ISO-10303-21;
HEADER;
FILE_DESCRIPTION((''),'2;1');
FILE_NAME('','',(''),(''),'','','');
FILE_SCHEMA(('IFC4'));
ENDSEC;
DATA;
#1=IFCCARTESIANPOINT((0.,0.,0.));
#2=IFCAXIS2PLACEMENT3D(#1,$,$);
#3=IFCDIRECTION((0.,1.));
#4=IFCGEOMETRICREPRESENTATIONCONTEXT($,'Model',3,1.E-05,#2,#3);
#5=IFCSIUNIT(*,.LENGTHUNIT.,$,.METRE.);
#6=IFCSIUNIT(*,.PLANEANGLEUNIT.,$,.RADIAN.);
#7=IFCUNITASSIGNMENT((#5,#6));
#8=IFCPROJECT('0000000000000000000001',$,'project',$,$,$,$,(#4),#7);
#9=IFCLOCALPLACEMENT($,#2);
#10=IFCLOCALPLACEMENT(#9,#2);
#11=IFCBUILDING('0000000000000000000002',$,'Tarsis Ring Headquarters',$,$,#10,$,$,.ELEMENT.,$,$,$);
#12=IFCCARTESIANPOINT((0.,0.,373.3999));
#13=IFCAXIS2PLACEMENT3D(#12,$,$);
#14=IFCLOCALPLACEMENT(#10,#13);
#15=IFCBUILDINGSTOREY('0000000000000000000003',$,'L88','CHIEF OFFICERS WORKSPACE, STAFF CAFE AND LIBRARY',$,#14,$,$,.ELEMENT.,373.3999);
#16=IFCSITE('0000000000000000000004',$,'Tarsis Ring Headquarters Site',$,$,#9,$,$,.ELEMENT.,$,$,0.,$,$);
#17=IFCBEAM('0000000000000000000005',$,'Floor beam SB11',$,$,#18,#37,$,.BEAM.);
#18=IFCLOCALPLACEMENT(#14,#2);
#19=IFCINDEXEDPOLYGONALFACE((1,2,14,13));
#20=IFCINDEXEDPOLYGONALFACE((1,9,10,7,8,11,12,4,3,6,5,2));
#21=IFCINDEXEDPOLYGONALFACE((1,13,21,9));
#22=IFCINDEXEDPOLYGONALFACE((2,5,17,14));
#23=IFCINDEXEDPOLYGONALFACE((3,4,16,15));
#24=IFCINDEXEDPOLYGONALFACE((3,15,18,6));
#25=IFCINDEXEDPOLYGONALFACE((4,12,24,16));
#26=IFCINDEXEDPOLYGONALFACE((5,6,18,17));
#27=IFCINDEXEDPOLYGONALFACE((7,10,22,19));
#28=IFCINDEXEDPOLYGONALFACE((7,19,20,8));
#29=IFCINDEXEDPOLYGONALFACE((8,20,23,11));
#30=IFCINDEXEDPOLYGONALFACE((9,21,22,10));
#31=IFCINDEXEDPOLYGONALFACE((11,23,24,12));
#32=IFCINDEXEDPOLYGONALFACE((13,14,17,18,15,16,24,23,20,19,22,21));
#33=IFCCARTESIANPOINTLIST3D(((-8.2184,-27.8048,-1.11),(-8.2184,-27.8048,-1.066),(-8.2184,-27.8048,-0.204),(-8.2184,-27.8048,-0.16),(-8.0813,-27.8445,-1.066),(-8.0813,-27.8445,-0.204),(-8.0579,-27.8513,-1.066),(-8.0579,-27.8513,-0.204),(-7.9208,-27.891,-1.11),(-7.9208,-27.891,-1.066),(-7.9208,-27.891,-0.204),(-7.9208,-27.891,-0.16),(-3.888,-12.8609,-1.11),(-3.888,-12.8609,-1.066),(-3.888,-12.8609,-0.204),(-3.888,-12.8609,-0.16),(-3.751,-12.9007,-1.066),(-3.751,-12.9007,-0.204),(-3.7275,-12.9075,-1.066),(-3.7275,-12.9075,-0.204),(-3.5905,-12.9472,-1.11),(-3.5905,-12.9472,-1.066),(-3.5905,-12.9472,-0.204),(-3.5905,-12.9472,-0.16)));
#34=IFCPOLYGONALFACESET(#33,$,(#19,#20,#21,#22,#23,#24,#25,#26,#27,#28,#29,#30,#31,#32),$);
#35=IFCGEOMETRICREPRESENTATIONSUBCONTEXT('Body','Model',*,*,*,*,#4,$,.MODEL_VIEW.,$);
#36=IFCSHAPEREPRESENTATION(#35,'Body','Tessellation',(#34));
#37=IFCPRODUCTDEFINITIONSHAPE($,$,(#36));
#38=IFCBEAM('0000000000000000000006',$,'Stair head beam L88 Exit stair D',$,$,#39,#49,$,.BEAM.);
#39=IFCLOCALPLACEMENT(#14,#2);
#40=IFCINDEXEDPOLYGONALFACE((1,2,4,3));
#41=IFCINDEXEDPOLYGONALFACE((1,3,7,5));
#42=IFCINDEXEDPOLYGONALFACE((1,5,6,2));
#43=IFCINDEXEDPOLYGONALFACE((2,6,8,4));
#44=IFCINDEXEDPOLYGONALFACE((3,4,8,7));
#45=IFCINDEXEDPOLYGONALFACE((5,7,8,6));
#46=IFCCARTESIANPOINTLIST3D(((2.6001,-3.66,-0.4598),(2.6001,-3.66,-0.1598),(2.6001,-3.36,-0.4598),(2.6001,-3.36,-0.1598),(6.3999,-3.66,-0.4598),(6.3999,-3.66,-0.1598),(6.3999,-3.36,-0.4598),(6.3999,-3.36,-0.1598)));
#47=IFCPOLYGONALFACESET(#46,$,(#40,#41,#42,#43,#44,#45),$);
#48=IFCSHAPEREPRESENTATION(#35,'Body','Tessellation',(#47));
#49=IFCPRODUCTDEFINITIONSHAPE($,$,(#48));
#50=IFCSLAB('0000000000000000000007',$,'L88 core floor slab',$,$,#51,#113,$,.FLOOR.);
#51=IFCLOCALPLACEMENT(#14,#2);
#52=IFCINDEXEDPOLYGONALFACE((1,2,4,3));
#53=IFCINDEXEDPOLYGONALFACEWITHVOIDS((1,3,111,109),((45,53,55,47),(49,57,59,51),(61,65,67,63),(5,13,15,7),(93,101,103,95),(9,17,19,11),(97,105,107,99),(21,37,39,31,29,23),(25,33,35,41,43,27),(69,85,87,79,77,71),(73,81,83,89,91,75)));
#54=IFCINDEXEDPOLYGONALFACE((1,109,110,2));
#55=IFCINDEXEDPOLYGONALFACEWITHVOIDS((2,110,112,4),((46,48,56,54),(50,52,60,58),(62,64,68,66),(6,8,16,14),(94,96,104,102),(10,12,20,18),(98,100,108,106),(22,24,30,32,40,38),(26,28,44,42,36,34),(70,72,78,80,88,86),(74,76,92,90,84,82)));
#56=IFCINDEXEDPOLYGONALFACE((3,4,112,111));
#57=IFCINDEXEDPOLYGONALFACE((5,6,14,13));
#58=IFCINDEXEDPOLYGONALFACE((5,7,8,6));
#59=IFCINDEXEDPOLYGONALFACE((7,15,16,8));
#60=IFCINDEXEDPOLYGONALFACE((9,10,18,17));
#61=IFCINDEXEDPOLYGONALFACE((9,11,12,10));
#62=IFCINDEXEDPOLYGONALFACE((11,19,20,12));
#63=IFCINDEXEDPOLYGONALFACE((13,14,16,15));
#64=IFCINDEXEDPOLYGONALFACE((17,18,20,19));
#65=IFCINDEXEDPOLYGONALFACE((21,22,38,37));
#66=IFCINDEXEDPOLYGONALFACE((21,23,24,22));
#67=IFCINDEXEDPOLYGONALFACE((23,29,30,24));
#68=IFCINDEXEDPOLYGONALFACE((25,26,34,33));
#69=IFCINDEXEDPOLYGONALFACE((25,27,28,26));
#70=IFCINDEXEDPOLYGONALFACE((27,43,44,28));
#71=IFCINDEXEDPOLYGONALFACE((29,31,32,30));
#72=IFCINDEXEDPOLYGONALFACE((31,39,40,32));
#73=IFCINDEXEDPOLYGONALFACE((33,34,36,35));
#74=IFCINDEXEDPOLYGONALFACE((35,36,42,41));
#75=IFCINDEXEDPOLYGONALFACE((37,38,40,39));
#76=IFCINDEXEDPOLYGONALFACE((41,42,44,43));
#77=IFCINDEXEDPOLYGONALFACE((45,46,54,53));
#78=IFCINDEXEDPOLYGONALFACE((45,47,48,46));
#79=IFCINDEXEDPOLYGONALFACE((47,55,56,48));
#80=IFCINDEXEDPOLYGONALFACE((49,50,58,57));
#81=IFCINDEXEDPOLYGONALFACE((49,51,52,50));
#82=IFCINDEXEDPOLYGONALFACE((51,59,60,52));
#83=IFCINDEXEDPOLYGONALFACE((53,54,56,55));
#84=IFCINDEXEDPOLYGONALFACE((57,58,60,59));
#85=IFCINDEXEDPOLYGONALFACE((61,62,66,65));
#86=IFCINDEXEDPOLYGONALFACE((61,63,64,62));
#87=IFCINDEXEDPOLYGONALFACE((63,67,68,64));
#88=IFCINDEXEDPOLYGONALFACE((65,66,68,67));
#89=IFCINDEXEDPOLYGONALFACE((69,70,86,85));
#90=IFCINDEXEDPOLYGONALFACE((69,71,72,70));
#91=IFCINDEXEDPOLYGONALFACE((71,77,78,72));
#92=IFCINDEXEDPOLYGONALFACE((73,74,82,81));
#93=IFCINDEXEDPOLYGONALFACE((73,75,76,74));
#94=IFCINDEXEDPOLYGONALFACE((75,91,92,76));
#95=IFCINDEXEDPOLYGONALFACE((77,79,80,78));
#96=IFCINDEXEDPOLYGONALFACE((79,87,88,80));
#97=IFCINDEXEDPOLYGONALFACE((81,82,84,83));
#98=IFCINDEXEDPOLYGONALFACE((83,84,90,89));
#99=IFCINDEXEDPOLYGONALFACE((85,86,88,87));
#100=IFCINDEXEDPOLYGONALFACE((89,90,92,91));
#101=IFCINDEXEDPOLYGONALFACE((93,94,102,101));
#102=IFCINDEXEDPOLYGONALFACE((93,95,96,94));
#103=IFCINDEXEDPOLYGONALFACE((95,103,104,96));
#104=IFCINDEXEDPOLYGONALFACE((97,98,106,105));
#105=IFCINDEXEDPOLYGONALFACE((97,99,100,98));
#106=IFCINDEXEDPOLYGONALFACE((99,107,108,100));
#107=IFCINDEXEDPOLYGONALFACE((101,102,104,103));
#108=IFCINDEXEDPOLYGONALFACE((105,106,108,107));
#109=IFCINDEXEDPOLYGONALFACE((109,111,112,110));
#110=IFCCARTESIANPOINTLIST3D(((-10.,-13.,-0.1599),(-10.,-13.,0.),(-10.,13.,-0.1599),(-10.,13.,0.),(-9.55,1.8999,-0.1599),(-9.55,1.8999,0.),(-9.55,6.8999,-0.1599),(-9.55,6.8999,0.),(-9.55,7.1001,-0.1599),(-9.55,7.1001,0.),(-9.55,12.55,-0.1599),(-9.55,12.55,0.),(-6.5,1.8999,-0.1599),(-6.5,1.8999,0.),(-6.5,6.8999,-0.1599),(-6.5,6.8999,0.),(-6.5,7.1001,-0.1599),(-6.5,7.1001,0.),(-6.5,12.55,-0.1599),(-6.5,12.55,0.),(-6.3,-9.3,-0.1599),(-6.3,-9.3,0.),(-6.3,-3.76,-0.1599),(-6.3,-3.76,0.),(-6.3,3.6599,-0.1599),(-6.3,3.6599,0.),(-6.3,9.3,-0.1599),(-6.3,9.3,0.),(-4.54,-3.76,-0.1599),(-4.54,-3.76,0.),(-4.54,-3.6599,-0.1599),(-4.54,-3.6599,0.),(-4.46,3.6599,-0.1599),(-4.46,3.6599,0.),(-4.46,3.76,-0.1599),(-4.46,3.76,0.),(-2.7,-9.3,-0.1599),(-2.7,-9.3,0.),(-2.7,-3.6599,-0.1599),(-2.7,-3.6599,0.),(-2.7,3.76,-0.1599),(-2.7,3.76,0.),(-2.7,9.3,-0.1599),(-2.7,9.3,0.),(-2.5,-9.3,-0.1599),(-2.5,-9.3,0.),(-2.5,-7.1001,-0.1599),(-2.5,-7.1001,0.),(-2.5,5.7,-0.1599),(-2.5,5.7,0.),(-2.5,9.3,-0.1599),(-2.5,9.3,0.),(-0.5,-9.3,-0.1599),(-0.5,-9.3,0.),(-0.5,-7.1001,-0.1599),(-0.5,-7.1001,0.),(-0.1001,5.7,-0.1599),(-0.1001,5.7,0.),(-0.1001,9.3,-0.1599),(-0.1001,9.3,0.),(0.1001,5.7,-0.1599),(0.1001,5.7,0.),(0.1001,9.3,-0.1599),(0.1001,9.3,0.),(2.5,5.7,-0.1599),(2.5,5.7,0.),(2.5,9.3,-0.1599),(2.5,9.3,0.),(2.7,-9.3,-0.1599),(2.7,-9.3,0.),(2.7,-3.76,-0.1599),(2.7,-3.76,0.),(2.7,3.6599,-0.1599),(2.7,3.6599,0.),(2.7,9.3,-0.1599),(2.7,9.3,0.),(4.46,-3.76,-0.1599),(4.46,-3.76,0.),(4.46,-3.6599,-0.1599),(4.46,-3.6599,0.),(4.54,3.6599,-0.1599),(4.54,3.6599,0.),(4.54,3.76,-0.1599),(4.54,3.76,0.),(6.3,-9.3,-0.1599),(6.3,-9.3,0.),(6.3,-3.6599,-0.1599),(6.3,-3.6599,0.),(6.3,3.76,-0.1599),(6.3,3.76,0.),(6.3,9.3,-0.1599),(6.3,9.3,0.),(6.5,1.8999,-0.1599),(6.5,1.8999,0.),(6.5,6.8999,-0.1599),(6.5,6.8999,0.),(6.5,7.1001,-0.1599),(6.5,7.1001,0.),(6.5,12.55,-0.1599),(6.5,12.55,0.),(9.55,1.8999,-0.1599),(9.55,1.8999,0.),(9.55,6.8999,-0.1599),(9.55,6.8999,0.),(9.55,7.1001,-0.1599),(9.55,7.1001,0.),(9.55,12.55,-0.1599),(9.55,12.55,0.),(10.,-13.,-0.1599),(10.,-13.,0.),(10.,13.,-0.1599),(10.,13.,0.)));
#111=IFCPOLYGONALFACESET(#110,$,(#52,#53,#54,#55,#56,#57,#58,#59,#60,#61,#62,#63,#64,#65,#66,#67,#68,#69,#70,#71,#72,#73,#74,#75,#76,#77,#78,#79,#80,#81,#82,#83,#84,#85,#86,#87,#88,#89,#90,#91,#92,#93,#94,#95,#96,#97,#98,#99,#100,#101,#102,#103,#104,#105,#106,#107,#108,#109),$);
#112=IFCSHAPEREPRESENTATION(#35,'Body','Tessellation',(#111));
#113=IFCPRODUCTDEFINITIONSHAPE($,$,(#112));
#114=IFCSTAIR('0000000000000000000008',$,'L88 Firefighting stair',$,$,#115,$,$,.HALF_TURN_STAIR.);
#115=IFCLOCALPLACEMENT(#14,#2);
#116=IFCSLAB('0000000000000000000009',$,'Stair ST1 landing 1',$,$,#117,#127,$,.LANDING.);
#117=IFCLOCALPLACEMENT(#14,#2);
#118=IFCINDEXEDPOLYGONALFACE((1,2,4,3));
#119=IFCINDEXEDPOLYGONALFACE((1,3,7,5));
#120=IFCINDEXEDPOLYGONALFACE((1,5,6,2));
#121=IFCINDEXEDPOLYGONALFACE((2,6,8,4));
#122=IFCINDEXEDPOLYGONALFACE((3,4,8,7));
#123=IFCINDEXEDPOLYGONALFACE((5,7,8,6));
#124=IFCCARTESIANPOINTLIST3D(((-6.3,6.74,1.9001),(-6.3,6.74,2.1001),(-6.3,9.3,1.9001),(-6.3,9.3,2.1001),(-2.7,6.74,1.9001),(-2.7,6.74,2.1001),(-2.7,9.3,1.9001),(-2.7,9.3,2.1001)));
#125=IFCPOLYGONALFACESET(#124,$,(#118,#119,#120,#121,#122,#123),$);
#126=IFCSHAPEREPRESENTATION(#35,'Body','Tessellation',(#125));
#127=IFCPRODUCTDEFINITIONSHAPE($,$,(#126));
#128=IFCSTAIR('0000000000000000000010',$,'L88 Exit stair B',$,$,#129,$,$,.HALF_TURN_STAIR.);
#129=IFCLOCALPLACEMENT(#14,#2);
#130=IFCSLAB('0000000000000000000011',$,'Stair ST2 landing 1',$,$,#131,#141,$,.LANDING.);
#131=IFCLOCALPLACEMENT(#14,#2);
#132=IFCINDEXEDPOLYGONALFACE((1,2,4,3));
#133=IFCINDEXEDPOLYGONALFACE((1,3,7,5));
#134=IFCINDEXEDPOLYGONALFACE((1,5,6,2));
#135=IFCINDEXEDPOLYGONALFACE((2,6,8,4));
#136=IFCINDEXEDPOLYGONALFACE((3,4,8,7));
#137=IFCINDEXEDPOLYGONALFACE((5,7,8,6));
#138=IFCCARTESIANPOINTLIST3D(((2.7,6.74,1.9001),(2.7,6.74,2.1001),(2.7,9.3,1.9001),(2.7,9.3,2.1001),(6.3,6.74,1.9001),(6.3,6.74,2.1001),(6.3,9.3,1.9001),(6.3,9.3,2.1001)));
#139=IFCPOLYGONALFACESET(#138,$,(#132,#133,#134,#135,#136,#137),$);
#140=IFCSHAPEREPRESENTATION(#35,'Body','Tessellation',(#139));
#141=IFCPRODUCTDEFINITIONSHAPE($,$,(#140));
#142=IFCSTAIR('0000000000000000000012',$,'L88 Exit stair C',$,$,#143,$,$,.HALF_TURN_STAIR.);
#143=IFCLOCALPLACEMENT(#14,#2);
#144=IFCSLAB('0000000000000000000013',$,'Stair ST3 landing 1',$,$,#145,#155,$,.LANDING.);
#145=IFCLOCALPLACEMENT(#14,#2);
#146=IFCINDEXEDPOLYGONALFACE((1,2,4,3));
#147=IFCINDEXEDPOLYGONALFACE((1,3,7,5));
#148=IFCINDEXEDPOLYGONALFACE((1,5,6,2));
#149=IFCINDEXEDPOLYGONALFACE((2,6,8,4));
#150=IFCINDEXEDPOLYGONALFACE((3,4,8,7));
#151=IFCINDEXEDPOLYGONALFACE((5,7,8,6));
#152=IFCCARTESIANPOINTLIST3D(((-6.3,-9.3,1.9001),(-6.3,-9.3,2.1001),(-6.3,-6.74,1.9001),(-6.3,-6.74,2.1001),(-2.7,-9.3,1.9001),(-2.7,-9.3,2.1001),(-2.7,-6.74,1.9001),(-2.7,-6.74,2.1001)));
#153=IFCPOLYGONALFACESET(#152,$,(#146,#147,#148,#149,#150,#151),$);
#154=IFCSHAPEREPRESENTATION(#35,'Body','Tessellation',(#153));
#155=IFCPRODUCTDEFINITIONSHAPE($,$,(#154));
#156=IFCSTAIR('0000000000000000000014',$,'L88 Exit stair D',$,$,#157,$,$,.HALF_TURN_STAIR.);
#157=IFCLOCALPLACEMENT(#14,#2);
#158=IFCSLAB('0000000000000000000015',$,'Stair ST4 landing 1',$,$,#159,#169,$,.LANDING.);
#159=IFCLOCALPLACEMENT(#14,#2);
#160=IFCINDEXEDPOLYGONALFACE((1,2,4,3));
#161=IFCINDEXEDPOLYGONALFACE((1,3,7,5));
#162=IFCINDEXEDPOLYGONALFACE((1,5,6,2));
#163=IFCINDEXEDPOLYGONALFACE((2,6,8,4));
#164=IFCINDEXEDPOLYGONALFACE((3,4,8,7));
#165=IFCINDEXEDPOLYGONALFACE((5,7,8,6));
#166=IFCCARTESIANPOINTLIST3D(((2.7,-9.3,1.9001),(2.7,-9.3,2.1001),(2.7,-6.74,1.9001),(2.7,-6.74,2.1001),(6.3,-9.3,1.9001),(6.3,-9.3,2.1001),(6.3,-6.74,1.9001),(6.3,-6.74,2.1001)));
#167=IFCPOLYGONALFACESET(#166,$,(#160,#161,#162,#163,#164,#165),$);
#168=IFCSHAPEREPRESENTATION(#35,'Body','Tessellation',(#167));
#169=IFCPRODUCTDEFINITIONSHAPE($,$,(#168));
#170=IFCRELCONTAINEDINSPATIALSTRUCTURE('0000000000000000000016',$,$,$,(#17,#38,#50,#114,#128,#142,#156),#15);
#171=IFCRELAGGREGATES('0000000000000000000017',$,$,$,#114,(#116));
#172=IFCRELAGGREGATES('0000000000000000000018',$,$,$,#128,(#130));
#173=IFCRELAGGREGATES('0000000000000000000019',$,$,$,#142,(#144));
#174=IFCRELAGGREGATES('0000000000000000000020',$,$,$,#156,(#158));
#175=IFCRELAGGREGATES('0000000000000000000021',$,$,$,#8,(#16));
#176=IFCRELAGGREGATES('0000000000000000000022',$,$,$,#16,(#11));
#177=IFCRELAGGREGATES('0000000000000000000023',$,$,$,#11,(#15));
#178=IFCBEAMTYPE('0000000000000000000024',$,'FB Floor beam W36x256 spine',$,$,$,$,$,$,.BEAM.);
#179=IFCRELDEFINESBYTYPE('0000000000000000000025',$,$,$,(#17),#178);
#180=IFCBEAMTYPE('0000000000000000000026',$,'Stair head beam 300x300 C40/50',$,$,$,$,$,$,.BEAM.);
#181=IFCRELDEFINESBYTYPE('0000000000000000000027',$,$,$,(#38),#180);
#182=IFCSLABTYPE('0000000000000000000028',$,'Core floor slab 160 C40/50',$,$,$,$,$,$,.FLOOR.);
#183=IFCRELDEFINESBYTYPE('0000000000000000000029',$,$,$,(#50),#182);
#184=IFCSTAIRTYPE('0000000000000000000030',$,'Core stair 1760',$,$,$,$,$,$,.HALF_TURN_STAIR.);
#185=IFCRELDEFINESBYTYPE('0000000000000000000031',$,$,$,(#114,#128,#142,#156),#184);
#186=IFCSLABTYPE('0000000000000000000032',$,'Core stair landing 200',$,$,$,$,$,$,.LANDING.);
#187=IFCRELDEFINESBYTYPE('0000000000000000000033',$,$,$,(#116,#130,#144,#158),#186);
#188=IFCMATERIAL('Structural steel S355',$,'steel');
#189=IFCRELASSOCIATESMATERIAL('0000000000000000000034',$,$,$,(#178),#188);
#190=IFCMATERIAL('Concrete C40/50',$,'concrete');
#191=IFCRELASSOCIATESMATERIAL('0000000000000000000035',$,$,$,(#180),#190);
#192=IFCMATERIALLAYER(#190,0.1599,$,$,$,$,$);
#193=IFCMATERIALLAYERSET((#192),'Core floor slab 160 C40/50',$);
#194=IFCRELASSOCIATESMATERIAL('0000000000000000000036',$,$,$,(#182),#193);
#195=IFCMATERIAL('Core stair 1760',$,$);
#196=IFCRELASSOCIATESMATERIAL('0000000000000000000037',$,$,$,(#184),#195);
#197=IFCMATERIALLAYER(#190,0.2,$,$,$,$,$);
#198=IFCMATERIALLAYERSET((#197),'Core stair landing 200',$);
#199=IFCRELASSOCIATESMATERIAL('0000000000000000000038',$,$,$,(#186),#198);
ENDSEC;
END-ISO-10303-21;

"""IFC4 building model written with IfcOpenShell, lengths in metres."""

from ifc_helpers import new_model, si_unit, direction, frame, origin, origin_2d, place, context, subcontext, project, spatial, polyline, rectangle, i_section, outline, extrude, material, layer, layer_set, material_profile, profile_set, type_object, element, aggregate, save


model = new_model("IFC4")

# Units and contexts
model_context = context("Model", 3, precision=1e-05, world=origin(), true_north=direction((0.0, 1.0)))
body_context = subcontext(model_context, "Body", "Model", "MODEL_VIEW")
ifc_project = project(units=[si_unit("LENGTHUNIT", "METRE"), si_unit("PLANEANGLEUNIT", "RADIAN")], contexts=[model_context])

# Site, building, storey
site_placement = place(None, origin())
site = spatial("IfcSite", under=ifc_project, at=site_placement, Name="Tarsis Ring Headquarters Site", CompositionType="ELEMENT", RefElevation=0.0)
building_placement = place(site_placement, origin())
building = spatial("IfcBuilding", under=site, at=building_placement, Name="Tarsis Ring Headquarters", CompositionType="ELEMENT")
storey_placement = place(building_placement, frame((0.0, 0.0, 373.3999)))
storey = spatial("IfcBuildingStorey", under=building, at=storey_placement, Name="L88", Description="CHIEF OFFICERS WORKSPACE, STAFF CAFE AND LIBRARY", CompositionType="ELEMENT", Elevation=373.3999)

# Beams
ifc_material_1 = material(Name="Structural steel S355", Category="steel")
ifc_material_profile_1 = material_profile(ifc_material_1, i_section(OverallWidth=0.3098, OverallDepth=0.95, WebThickness=0.0244, FlangeThickness=0.0439, at=origin_2d()), Name="W36x256")
ifc_profile_set_1 = profile_set([ifc_material_profile_1], Name="Structural steel S355")
beam_type_1 = type_object("IfcBeamType", Name="FB Floor beam W36x256 spine", PredefinedType="BEAM", material=ifc_profile_set_1)
beam_1_placement = place(storey_placement, frame((-3.7393, -12.9041, -0.635), z_axis=(-0.278323, -0.960487, 0.0), x_axis=(0.960487, -0.278323, 0.0)))
element("IfcBeam", 1, at=beam_1_placement, inside=storey, type_object=beam_type_1, Name="Floor beam SB11", PredefinedType="BEAM", context=body_context, shape_type="SweptSolid", body=[
    extrude(i_section(OverallWidth=0.3098, OverallDepth=0.95, WebThickness=0.0244, FlangeThickness=0.0439, at=origin_2d()), origin(), (0.0, 0.0, 1.0), 15.5586),
])
ifc_material_2 = material(Name="Concrete C40/50", Category="concrete")
ifc_material_profile_2 = material_profile(ifc_material_2, rectangle(XDim=0.3, YDim=0.3, at=origin_2d()), Name="Stair head beam 300x300 C40/50")
ifc_profile_set_2 = profile_set([ifc_material_profile_2], Name="Concrete C40/50")
beam_type_2 = type_object("IfcBeamType", Name="Stair head beam 300x300 C40/50", PredefinedType="BEAM", material=ifc_profile_set_2)
beam_2_placement = place(storey_placement, frame((2.6001, -3.51, -0.3098), z_axis=(1.0, 0.0, 0.0), x_axis=(0.0, 1.0, 0.0)))
element("IfcBeam", 2, at=beam_2_placement, inside=storey, type_object=beam_type_2, Name="Stair head beam L88 Exit stair D", PredefinedType="BEAM", context=body_context, shape_type="SweptSolid", body=[
    extrude(rectangle(XDim=0.3, YDim=0.3, at=origin_2d()), origin(), (0.0, 0.0, 1.0), 3.7998),
])

# Slab
ifc_layer_1 = layer(ifc_material_2, 0.1599)
ifc_layer_set_1 = layer_set([ifc_layer_1], Name="Core floor slab 160 C40/50")
slab_type_1 = type_object("IfcSlabType", Name="Core floor slab 160 C40/50", PredefinedType="FLOOR", material=ifc_layer_set_1)
slab_1_placement = place(storey_placement, frame((0.0, 0.0, -0.1599)))
element("IfcSlab", 3, at=slab_1_placement, inside=storey, type_object=slab_type_1, Name="L88 core floor slab", PredefinedType="FLOOR", context=body_context, shape_type="SweptSolid", body=[
    extrude(outline(polyline([(-10.0, -13.0), (10.0, -13.0), (10.0, 13.0), (-10.0, 13.0), (-10.0, -13.0)]), holes=[polyline([(-2.5, 5.7), (-0.1001, 5.7), (-0.1001, 9.3), (-2.5, 9.3), (-2.5, 5.7)]), polyline([(0.1001, 5.7), (2.5, 5.7), (2.5, 9.3), (0.1001, 9.3), (0.1001, 5.7)]), polyline([(-9.55, 1.8999), (-6.5, 1.8999), (-6.5, 6.8999), (-9.55, 6.8999), (-9.55, 1.8999)]), polyline([(-9.55, 7.1001), (-6.5, 7.1001), (-6.5, 12.55), (-9.55, 12.55), (-9.55, 7.1001)]), polyline([(6.5, 1.8999), (9.55, 1.8999), (9.55, 6.8999), (6.5, 6.8999), (6.5, 1.8999)]), polyline([(6.5, 7.1001), (9.55, 7.1001), (9.55, 12.55), (6.5, 12.55), (6.5, 7.1001)]), polyline([(-2.5, -9.3), (-0.5, -9.3), (-0.5, -7.1001), (-2.5, -7.1001), (-2.5, -9.3)]), polyline([(-2.7, 3.76), (-2.7, 9.3), (-6.3, 9.3), (-6.3, 3.6599), (-4.46, 3.6599), (-4.46, 3.76), (-2.7, 3.76)]), polyline([(6.3, 3.76), (6.3, 9.3), (2.7, 9.3), (2.7, 3.6599), (4.54, 3.6599), (4.54, 3.76), (6.3, 3.76)]), polyline([(-6.3, -3.76), (-6.3, -9.3), (-2.7, -9.3), (-2.7, -3.6599), (-4.54, -3.6599), (-4.54, -3.76), (-6.3, -3.76)]), polyline([(2.7, -3.76), (2.7, -9.3), (6.3, -9.3), (6.3, -3.6599), (4.46, -3.6599), (4.46, -3.76), (2.7, -3.76)])]), origin(), (0.0, 0.0, 1.0), 0.1599),
])

# Stairs, slabs
ifc_material_3 = material(Name="Core stair 1760")
stair_type = type_object("IfcStairType", Name="Core stair 1760", PredefinedType="HALF_TURN_STAIR", material=ifc_material_3)
stair_1_placement = place(storey_placement, origin())
stair_1 = element("IfcStair", 4, at=stair_1_placement, inside=storey, type_object=stair_type, Name="L88 Firefighting stair", PredefinedType="HALF_TURN_STAIR")
ifc_layer_2 = layer(ifc_material_2, 0.2)
ifc_layer_set_2 = layer_set([ifc_layer_2], Name="Core stair landing 200")
slab_type_2 = type_object("IfcSlabType", Name="Core stair landing 200", PredefinedType="LANDING", material=ifc_layer_set_2)
slab_2_placement = place(storey_placement, frame((0.0, 0.0, 1.9001)))
slab_2 = element("IfcSlab", 5, at=slab_2_placement, type_object=slab_type_2, Name="Stair ST1 landing 1", PredefinedType="LANDING", context=body_context, shape_type="SweptSolid", body=[
    extrude(outline(polyline([(-2.7, 6.74), (-2.7, 9.3), (-6.3, 9.3), (-6.3, 6.74), (-2.7, 6.74)])), origin(), (0.0, 0.0, 1.0), 0.2),
])
aggregate(stair_1, [slab_2])
stair_2_placement = place(storey_placement, origin())
stair_2 = element("IfcStair", 6, at=stair_2_placement, inside=storey, type_object=stair_type, Name="L88 Exit stair B", PredefinedType="HALF_TURN_STAIR")
slab_3_placement = place(storey_placement, frame((0.0, 0.0, 1.9001)))
slab_3 = element("IfcSlab", 7, at=slab_3_placement, type_object=slab_type_2, Name="Stair ST2 landing 1", PredefinedType="LANDING", context=body_context, shape_type="SweptSolid", body=[
    extrude(outline(polyline([(6.3, 6.74), (6.3, 9.3), (2.7, 9.3), (2.7, 6.74), (6.3, 6.74)])), origin(), (0.0, 0.0, 1.0), 0.2),
])
aggregate(stair_2, [slab_3])
stair_3_placement = place(storey_placement, origin())
stair_3 = element("IfcStair", 8, at=stair_3_placement, inside=storey, type_object=stair_type, Name="L88 Exit stair C", PredefinedType="HALF_TURN_STAIR")
slab_4_placement = place(storey_placement, frame((0.0, 0.0, 1.9001)))
slab_4 = element("IfcSlab", 9, at=slab_4_placement, type_object=slab_type_2, Name="Stair ST3 landing 1", PredefinedType="LANDING", context=body_context, shape_type="SweptSolid", body=[
    extrude(outline(polyline([(-6.3, -6.74), (-6.3, -9.3), (-2.7, -9.3), (-2.7, -6.74), (-6.3, -6.74)])), origin(), (0.0, 0.0, 1.0), 0.2),
])
aggregate(stair_3, [slab_4])
stair_4_placement = place(storey_placement, origin())
stair_4 = element("IfcStair", 10, at=stair_4_placement, inside=storey, type_object=stair_type, Name="L88 Exit stair D", PredefinedType="HALF_TURN_STAIR")
slab_5_placement = place(storey_placement, frame((0.0, 0.0, 1.9001)))
slab_5 = element("IfcSlab", 11, at=slab_5_placement, type_object=slab_type_2, Name="Stair ST4 landing 1", PredefinedType="LANDING", context=body_context, shape_type="SweptSolid", body=[
    extrude(outline(polyline([(2.7, -6.74), (2.7, -9.3), (6.3, -9.3), (6.3, -6.74), (2.7, -6.74)])), origin(), (0.0, 0.0, 1.0), 0.2),
])
aggregate(stair_4, [slab_5])

save(model, "model.ifc")
